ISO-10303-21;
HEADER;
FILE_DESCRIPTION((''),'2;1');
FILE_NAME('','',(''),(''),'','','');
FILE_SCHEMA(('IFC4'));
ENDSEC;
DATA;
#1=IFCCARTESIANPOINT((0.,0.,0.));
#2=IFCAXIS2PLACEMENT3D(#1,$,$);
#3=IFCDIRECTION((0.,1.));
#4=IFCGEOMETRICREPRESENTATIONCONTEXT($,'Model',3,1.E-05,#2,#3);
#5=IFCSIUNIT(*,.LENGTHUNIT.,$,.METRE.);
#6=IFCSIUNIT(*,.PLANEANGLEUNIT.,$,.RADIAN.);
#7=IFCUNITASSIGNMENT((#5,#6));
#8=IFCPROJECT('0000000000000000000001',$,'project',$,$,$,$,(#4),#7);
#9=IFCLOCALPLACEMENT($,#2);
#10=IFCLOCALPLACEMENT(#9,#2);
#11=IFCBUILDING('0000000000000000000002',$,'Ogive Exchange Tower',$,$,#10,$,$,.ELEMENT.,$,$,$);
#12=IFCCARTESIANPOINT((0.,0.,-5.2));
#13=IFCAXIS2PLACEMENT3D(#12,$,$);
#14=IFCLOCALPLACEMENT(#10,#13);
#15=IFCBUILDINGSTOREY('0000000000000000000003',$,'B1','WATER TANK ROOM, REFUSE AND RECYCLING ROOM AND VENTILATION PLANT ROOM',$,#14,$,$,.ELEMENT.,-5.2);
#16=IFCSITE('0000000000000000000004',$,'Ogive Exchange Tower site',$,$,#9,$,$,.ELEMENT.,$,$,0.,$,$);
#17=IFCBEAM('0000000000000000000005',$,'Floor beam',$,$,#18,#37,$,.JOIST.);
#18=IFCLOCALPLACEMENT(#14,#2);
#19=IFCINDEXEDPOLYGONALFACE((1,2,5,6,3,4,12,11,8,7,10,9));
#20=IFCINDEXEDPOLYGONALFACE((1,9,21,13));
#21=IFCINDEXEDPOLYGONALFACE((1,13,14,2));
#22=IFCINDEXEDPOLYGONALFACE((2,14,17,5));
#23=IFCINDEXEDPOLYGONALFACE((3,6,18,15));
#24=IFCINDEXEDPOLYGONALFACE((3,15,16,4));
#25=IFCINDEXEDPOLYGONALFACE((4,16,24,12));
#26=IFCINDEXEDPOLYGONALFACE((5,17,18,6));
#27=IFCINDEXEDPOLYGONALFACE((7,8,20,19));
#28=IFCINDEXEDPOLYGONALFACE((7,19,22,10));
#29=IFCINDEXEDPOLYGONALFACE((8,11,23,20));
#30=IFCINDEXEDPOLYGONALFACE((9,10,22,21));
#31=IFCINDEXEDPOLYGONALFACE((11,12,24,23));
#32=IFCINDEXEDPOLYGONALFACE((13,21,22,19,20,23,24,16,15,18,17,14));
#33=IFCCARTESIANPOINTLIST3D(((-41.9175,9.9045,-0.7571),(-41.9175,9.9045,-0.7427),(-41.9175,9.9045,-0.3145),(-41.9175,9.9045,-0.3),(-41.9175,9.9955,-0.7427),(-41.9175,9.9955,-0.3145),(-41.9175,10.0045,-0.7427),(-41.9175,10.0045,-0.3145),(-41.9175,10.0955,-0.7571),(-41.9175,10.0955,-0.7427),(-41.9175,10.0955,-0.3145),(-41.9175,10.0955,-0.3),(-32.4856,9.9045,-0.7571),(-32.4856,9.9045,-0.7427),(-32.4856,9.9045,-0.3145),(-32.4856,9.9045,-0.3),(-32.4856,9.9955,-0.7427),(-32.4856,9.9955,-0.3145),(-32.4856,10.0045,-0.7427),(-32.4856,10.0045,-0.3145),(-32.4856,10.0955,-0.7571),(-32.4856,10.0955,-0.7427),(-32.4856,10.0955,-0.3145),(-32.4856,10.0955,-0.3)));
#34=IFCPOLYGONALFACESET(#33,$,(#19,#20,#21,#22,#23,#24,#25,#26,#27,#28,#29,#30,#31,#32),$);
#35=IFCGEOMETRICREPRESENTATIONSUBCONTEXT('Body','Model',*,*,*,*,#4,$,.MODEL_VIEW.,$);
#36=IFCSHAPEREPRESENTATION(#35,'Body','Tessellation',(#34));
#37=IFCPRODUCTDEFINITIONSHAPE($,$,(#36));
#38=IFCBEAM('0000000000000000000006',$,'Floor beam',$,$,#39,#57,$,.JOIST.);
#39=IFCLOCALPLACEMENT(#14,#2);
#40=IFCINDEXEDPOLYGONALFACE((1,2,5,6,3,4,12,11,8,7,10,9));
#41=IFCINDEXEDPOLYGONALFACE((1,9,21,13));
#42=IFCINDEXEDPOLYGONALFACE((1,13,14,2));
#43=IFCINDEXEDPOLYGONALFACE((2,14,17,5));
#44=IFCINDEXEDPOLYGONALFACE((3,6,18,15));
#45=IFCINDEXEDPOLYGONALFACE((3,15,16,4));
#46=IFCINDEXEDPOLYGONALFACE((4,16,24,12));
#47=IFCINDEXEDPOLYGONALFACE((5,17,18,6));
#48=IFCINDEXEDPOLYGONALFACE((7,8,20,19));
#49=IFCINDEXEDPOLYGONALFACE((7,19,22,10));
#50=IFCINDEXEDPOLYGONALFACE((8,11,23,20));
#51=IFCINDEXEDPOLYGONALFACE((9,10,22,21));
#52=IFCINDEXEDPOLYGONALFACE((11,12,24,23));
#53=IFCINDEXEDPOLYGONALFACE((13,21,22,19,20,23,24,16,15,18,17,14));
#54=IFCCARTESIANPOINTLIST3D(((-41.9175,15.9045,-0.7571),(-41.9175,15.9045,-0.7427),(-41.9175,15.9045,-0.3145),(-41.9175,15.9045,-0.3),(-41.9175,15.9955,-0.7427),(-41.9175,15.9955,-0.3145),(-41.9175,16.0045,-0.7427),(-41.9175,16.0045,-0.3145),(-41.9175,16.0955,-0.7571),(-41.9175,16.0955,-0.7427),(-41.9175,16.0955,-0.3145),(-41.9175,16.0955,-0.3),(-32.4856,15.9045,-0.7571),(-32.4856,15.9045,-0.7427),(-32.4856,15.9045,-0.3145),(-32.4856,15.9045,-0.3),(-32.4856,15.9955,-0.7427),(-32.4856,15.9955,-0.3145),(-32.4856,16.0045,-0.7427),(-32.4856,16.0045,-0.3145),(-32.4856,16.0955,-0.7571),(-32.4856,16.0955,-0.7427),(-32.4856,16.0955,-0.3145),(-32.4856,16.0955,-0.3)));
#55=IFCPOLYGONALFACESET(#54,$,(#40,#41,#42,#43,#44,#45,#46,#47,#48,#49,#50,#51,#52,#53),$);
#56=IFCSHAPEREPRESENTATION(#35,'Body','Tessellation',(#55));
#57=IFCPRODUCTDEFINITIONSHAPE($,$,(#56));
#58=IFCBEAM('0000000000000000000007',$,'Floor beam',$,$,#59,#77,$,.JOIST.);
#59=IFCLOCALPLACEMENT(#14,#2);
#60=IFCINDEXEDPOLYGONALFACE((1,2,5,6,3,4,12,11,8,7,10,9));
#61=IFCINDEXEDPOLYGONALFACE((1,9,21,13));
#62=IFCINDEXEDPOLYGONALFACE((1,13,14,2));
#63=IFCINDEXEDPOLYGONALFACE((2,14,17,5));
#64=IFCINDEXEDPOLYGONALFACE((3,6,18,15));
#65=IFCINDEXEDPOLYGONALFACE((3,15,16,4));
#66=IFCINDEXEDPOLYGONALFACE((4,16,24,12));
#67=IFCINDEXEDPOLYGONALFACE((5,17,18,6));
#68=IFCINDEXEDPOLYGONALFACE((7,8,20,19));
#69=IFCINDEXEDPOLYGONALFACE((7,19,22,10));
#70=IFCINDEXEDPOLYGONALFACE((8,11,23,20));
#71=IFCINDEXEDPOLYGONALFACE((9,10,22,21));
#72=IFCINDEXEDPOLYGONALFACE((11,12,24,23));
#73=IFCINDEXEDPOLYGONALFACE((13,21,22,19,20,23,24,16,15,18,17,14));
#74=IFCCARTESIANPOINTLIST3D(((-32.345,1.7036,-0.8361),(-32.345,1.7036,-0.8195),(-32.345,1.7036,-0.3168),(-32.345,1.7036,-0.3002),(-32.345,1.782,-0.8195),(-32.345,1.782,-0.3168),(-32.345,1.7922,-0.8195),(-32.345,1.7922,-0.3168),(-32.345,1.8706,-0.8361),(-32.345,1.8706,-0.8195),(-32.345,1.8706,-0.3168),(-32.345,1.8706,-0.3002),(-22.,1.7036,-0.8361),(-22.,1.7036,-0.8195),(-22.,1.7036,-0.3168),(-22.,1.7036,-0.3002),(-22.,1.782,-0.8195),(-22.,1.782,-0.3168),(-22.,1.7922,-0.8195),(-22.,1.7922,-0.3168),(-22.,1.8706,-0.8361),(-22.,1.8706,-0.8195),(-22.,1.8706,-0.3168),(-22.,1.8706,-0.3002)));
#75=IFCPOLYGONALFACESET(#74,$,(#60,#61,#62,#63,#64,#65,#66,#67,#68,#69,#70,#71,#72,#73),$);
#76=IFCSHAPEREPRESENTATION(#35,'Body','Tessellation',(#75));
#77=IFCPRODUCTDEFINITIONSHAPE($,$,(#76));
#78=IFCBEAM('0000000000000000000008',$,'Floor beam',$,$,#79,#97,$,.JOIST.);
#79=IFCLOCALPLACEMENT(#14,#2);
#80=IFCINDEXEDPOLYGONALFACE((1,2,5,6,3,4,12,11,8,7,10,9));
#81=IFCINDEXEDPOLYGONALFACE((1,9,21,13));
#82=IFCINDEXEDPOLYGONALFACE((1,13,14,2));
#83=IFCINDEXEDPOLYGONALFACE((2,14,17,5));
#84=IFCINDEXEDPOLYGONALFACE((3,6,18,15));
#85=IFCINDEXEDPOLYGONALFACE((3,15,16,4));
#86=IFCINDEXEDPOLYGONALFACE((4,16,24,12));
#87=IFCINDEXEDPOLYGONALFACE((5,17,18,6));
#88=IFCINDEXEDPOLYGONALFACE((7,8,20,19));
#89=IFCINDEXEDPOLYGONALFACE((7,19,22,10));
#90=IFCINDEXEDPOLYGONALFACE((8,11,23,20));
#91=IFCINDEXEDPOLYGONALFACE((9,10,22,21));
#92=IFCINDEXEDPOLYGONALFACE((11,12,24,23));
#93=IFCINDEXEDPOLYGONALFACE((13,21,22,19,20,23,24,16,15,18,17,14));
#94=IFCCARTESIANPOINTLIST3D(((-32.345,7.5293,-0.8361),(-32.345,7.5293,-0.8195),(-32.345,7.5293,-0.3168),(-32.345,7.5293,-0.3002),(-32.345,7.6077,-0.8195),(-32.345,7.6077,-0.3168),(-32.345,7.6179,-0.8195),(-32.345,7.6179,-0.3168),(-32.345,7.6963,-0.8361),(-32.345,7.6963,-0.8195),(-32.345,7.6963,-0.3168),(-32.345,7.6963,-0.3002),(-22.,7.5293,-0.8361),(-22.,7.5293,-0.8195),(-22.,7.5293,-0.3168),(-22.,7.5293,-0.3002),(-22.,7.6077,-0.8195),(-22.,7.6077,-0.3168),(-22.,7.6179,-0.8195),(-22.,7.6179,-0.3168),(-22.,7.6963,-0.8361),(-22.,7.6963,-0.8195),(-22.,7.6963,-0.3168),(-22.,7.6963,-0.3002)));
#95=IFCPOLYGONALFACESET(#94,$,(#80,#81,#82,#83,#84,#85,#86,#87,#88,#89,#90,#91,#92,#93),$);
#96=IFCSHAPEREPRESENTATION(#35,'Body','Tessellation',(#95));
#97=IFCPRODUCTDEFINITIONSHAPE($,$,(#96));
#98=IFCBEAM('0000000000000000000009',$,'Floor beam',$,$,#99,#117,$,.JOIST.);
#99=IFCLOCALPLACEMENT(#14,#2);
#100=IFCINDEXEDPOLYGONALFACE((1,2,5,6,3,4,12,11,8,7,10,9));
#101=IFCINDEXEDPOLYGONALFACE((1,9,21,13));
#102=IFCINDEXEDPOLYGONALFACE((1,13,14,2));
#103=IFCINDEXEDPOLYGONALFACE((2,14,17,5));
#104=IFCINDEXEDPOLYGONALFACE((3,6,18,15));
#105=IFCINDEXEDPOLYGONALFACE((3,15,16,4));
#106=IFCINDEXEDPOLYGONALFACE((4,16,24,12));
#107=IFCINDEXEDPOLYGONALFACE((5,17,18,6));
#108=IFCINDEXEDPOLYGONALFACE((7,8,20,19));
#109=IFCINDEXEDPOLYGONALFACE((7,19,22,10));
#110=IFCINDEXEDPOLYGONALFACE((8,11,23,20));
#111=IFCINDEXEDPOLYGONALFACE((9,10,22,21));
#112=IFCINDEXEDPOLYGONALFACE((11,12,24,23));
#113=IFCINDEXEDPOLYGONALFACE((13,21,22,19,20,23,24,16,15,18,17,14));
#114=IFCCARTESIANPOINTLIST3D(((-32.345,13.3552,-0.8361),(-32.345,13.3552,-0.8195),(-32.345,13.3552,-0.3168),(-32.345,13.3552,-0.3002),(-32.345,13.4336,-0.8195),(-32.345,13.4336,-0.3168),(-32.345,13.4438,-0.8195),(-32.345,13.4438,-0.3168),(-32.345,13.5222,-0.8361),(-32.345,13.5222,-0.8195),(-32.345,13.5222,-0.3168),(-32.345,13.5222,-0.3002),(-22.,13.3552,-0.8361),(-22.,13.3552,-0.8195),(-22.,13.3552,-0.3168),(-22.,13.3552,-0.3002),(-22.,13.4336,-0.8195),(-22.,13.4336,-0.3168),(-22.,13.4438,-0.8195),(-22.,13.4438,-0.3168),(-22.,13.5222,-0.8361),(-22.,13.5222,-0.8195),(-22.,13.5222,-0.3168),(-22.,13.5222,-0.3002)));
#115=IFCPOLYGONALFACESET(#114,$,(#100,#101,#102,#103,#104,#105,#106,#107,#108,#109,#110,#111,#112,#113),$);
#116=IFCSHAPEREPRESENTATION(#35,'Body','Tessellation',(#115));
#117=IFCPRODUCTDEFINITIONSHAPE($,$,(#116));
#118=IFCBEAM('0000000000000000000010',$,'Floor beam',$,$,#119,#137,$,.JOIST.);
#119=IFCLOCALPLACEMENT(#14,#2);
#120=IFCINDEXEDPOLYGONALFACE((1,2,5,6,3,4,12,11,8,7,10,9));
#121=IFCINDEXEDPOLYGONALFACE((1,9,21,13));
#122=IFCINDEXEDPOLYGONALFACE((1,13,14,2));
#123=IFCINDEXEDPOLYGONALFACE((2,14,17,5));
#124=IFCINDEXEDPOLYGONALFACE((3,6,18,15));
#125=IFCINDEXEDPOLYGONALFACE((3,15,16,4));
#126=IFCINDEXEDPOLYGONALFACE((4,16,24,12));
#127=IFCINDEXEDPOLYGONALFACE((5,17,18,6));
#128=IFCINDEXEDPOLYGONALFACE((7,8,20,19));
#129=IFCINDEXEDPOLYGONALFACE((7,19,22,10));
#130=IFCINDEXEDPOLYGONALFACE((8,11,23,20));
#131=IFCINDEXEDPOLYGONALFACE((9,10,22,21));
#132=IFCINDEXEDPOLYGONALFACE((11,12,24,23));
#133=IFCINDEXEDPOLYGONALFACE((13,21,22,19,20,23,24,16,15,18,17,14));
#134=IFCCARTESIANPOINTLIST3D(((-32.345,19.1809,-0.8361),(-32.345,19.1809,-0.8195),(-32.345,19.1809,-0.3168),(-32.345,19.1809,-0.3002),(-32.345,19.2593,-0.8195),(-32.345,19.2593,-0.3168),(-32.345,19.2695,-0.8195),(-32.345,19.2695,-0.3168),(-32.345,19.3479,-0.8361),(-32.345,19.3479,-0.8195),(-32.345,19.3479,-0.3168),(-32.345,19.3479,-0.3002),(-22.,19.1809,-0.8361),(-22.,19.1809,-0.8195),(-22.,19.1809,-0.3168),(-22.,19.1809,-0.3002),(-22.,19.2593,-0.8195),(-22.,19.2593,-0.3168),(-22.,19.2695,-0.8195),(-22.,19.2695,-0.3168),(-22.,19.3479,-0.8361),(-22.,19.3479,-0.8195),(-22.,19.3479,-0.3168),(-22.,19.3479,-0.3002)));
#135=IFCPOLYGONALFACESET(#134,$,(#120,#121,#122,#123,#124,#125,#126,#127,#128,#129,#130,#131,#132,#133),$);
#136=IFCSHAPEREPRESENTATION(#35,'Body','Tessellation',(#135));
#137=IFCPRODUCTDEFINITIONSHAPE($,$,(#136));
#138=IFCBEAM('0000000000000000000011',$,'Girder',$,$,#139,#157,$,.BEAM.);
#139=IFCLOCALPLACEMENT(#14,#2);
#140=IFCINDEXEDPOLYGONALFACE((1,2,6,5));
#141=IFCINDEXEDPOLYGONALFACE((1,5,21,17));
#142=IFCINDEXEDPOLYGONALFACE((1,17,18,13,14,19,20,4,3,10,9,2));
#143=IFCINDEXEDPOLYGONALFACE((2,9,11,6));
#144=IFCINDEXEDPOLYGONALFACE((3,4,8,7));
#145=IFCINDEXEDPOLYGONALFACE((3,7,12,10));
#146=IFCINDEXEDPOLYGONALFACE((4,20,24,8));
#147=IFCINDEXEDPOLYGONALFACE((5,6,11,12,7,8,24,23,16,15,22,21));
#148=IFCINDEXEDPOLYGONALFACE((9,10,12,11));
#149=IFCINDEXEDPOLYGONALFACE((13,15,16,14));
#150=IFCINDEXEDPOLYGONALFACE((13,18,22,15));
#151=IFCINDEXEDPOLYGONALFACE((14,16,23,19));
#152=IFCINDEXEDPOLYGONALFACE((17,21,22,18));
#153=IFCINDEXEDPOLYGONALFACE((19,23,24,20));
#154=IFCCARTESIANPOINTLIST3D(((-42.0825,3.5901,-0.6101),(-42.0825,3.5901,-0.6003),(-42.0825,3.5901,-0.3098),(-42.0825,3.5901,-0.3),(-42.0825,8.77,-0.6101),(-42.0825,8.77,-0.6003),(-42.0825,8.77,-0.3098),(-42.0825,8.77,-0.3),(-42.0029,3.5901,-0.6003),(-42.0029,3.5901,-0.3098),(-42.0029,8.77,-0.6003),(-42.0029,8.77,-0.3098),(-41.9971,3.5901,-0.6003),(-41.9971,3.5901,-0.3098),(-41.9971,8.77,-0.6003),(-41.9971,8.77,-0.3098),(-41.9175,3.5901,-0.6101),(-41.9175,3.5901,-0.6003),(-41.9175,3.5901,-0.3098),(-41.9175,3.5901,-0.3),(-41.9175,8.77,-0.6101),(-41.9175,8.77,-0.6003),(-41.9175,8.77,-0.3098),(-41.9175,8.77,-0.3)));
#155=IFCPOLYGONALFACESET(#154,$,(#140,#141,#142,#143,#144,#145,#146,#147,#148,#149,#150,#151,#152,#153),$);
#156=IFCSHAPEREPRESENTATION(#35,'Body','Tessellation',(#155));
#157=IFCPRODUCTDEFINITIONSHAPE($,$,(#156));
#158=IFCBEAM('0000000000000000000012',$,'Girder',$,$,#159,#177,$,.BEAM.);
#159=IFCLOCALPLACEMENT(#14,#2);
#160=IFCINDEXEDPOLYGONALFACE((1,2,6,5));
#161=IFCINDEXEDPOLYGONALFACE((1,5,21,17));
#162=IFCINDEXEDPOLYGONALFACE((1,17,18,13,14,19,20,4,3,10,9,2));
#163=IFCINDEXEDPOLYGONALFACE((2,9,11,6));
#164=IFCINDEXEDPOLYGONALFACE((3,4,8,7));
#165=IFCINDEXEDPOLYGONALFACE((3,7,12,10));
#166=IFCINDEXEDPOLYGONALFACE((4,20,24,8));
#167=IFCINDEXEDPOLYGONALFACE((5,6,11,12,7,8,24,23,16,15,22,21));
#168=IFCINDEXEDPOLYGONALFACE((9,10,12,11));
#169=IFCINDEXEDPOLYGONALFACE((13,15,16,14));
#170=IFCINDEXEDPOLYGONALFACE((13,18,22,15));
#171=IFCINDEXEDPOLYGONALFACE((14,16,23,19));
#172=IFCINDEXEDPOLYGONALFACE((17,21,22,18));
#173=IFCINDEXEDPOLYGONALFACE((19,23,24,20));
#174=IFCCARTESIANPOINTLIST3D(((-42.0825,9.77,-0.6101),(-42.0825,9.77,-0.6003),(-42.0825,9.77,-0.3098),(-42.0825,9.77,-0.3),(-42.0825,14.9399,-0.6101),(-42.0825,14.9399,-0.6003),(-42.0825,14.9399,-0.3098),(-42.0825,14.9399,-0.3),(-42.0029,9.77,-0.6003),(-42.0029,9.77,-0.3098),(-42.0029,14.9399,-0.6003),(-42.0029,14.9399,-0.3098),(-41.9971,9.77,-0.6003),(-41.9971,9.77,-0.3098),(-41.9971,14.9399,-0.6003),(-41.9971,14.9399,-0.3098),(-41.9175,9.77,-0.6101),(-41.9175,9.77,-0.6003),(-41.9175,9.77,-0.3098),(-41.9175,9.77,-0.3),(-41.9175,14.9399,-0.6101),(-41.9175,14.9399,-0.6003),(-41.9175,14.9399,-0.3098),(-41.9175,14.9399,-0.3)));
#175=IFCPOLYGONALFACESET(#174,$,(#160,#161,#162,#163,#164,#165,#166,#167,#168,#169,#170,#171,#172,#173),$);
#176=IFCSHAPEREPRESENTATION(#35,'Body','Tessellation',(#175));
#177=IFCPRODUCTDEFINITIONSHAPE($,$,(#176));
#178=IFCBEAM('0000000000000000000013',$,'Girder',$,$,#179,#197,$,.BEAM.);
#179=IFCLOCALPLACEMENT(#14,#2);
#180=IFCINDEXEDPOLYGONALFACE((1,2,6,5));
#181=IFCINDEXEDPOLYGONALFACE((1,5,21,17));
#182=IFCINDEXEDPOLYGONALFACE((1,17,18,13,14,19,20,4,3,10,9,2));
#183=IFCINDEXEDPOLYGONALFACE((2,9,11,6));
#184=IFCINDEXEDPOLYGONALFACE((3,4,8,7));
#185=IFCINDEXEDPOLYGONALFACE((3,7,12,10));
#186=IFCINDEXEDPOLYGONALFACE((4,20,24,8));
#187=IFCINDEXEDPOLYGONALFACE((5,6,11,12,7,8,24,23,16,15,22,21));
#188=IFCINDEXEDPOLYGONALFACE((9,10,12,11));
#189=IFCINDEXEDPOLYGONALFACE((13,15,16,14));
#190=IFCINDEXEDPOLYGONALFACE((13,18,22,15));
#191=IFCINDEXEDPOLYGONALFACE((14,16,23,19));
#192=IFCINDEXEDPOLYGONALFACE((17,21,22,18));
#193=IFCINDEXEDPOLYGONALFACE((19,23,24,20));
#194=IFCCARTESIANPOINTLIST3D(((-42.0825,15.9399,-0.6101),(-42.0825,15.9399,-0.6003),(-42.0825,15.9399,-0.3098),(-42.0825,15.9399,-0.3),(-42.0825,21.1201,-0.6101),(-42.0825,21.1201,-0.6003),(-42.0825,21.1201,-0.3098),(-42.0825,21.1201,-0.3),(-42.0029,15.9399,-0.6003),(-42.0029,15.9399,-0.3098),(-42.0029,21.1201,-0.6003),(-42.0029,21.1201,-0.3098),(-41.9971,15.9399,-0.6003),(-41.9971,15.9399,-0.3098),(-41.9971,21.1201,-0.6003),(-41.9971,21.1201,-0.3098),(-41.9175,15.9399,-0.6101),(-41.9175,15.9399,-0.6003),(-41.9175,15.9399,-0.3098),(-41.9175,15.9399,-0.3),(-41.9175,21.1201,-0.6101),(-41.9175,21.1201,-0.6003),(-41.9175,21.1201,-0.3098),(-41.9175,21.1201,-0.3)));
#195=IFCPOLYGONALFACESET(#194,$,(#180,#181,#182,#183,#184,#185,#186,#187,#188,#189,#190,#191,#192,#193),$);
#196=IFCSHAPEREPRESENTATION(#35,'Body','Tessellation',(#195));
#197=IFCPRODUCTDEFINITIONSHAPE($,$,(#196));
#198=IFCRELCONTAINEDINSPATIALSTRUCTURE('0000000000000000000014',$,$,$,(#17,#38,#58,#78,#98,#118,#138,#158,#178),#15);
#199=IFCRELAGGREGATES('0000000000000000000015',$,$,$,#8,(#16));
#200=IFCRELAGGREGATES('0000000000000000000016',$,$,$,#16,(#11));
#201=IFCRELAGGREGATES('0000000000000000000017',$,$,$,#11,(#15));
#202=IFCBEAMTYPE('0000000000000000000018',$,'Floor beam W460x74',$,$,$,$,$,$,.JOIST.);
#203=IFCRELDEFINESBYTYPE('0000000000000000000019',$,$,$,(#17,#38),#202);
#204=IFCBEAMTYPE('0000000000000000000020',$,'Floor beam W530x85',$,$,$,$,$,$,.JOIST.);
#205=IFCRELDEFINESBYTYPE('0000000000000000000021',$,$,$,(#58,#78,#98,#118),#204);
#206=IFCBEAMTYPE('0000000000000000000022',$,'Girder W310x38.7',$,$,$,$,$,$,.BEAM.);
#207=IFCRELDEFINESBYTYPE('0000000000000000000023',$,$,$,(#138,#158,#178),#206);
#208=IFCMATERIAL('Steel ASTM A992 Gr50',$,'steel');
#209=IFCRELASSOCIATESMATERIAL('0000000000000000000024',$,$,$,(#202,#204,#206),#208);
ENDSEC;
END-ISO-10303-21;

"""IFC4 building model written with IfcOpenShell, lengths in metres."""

from ifc_helpers import new_model, si_unit, direction, frame, origin, origin_2d, place, context, subcontext, project, spatial, i_section, extrude, material, material_profile, profile_set, type_object, element, save


model = new_model("IFC4")

# Units and contexts
model_context = context("Model", 3, precision=1e-05, world=origin(), true_north=direction((0.0, 1.0)))
body_context = subcontext(model_context, "Body", "Model", "MODEL_VIEW")
ifc_project = project(units=[si_unit("LENGTHUNIT", "METRE"), si_unit("PLANEANGLEUNIT", "RADIAN")], contexts=[model_context])

# Site, building, storey
site_placement = place(None, origin())
site = spatial("IfcSite", under=ifc_project, at=site_placement, Name="Ogive Exchange Tower site", CompositionType="ELEMENT", RefElevation=0.0)
building_placement = place(site_placement, origin())
building = spatial("IfcBuilding", under=site, at=building_placement, Name="Ogive Exchange Tower", CompositionType="ELEMENT")
storey_placement = place(building_placement, frame((0.0, 0.0, -5.2)))
storey = spatial("IfcBuildingStorey", under=building, at=storey_placement, Name="B1", Description="WATER TANK ROOM, REFUSE AND RECYCLING ROOM AND VENTILATION PLANT ROOM", CompositionType="ELEMENT", Elevation=-5.2)

# Beams
ifc_material_1 = material(Name="Steel ASTM A992 Gr50", Category="steel")
ifc_material_profile_1 = material_profile(ifc_material_1, i_section(OverallWidth=0.1909, OverallDepth=0.457, WebThickness=0.009, FlangeThickness=0.0144, at=origin_2d()), Name="W460x74")
ifc_profile_set_1 = profile_set([ifc_material_profile_1], Name="Steel ASTM A992 Gr50")
beam_type_1 = type_object("IfcBeamType", Name="Floor beam W460x74", PredefinedType="JOIST", material=ifc_profile_set_1)
for number, where, z_axis, x_axis, name in (
    (1, (-41.9175, 10.0, -0.5286), (1.0, 0.0, 0.0), (0.0, 1.0, 0.0), "Floor beam"),
    (2, (-41.9175, 16.0, -0.5286), (1.0, 0.0, 0.0), (0.0, 1.0, 0.0), "Floor beam"),
):
    element("IfcBeam", number, at=place(storey_placement, frame(where, z_axis=z_axis, x_axis=x_axis)), inside=storey, type_object=beam_type_1, Name=name, PredefinedType="JOIST", context=body_context, shape_type="SweptSolid", body=[
        extrude(i_section(OverallWidth=0.1909, OverallDepth=0.457, WebThickness=0.009, FlangeThickness=0.0144, at=origin_2d()), origin(), (0.0, 0.0, 1.0), 9.4319),
    ])
ifc_material_profile_2 = material_profile(ifc_material_1, i_section(OverallWidth=0.167, OverallDepth=0.5359, WebThickness=0.0103, FlangeThickness=0.0166, at=origin_2d()), Name="W530x85")
ifc_profile_set_2 = profile_set([ifc_material_profile_2], Name="Steel ASTM A992 Gr50")
beam_type_2 = type_object("IfcBeamType", Name="Floor beam W530x85", PredefinedType="JOIST", material=ifc_profile_set_2)
for number, where, z_axis, x_axis, name in (
    (3, (-32.345, 1.7871, -0.5681), (1.0, 0.0, 0.0), (0.0, 1.0, 0.0), "Floor beam"),
    (4, (-32.345, 7.6128, -0.5681), (1.0, 0.0, 0.0), (0.0, 1.0, 0.0), "Floor beam"),
    (5, (-32.345, 13.4387, -0.5681), (1.0, 0.0, 0.0), (0.0, 1.0, 0.0), "Floor beam"),
    (6, (-32.345, 19.2644, -0.5681), (1.0, 0.0, 0.0), (0.0, 1.0, 0.0), "Floor beam"),
):
    element("IfcBeam", number, at=place(storey_placement, frame(where, z_axis=z_axis, x_axis=x_axis)), inside=storey, type_object=beam_type_2, Name=name, PredefinedType="JOIST", context=body_context, shape_type="SweptSolid", body=[
        extrude(i_section(OverallWidth=0.167, OverallDepth=0.5359, WebThickness=0.0103, FlangeThickness=0.0166, at=origin_2d()), origin(), (0.0, 0.0, 1.0), 10.345),
    ])
ifc_material_profile_3 = material_profile(ifc_material_1, i_section(OverallWidth=0.165, OverallDepth=0.3101, WebThickness=0.0059, FlangeThickness=0.0098, at=origin_2d()), Name="W310x38.7")
ifc_profile_set_3 = profile_set([ifc_material_profile_3], Name="Steel ASTM A992 Gr50")
beam_type_3 = type_object("IfcBeamType", Name="Girder W310x38.7", PredefinedType="BEAM", material=ifc_profile_set_3)
beam_1_placement = place(storey_placement, frame((-42.0, 3.5901, -0.4551), z_axis=(0.0, 1.0, 0.0), x_axis=(-1.0, 0.0, 0.0)))
element("IfcBeam", 7, at=beam_1_placement, inside=storey, type_object=beam_type_3, Name="Girder", PredefinedType="BEAM", context=body_context, shape_type="SweptSolid", body=[
    extrude(i_section(OverallWidth=0.165, OverallDepth=0.3101, WebThickness=0.0059, FlangeThickness=0.0098, at=origin_2d()), origin(), (0.0, 0.0, 1.0), 5.1799),
])
beam_2_placement = place(storey_placement, frame((-42.0, 9.77, -0.4551), z_axis=(0.0, 1.0, 0.0), x_axis=(-1.0, 0.0, 0.0)))
element("IfcBeam", 8, at=beam_2_placement, inside=storey, type_object=beam_type_3, Name="Girder", PredefinedType="BEAM", context=body_context, shape_type="SweptSolid", body=[
    extrude(i_section(OverallWidth=0.165, OverallDepth=0.3101, WebThickness=0.0059, FlangeThickness=0.0098, at=origin_2d()), origin(), (0.0, 0.0, 1.0), 5.1699),
])
beam_3_placement = place(storey_placement, frame((-42.0, 15.9399, -0.4551), z_axis=(0.0, 1.0, 0.0), x_axis=(-1.0, 0.0, 0.0)))
element("IfcBeam", 9, at=beam_3_placement, inside=storey, type_object=beam_type_3, Name="Girder", PredefinedType="BEAM", context=body_context, shape_type="SweptSolid", body=[
    extrude(i_section(OverallWidth=0.165, OverallDepth=0.3101, WebThickness=0.0059, FlangeThickness=0.0098, at=origin_2d()), origin(), (0.0, 0.0, 1.0), 5.1802),
])

save(model, "model.ifc")
